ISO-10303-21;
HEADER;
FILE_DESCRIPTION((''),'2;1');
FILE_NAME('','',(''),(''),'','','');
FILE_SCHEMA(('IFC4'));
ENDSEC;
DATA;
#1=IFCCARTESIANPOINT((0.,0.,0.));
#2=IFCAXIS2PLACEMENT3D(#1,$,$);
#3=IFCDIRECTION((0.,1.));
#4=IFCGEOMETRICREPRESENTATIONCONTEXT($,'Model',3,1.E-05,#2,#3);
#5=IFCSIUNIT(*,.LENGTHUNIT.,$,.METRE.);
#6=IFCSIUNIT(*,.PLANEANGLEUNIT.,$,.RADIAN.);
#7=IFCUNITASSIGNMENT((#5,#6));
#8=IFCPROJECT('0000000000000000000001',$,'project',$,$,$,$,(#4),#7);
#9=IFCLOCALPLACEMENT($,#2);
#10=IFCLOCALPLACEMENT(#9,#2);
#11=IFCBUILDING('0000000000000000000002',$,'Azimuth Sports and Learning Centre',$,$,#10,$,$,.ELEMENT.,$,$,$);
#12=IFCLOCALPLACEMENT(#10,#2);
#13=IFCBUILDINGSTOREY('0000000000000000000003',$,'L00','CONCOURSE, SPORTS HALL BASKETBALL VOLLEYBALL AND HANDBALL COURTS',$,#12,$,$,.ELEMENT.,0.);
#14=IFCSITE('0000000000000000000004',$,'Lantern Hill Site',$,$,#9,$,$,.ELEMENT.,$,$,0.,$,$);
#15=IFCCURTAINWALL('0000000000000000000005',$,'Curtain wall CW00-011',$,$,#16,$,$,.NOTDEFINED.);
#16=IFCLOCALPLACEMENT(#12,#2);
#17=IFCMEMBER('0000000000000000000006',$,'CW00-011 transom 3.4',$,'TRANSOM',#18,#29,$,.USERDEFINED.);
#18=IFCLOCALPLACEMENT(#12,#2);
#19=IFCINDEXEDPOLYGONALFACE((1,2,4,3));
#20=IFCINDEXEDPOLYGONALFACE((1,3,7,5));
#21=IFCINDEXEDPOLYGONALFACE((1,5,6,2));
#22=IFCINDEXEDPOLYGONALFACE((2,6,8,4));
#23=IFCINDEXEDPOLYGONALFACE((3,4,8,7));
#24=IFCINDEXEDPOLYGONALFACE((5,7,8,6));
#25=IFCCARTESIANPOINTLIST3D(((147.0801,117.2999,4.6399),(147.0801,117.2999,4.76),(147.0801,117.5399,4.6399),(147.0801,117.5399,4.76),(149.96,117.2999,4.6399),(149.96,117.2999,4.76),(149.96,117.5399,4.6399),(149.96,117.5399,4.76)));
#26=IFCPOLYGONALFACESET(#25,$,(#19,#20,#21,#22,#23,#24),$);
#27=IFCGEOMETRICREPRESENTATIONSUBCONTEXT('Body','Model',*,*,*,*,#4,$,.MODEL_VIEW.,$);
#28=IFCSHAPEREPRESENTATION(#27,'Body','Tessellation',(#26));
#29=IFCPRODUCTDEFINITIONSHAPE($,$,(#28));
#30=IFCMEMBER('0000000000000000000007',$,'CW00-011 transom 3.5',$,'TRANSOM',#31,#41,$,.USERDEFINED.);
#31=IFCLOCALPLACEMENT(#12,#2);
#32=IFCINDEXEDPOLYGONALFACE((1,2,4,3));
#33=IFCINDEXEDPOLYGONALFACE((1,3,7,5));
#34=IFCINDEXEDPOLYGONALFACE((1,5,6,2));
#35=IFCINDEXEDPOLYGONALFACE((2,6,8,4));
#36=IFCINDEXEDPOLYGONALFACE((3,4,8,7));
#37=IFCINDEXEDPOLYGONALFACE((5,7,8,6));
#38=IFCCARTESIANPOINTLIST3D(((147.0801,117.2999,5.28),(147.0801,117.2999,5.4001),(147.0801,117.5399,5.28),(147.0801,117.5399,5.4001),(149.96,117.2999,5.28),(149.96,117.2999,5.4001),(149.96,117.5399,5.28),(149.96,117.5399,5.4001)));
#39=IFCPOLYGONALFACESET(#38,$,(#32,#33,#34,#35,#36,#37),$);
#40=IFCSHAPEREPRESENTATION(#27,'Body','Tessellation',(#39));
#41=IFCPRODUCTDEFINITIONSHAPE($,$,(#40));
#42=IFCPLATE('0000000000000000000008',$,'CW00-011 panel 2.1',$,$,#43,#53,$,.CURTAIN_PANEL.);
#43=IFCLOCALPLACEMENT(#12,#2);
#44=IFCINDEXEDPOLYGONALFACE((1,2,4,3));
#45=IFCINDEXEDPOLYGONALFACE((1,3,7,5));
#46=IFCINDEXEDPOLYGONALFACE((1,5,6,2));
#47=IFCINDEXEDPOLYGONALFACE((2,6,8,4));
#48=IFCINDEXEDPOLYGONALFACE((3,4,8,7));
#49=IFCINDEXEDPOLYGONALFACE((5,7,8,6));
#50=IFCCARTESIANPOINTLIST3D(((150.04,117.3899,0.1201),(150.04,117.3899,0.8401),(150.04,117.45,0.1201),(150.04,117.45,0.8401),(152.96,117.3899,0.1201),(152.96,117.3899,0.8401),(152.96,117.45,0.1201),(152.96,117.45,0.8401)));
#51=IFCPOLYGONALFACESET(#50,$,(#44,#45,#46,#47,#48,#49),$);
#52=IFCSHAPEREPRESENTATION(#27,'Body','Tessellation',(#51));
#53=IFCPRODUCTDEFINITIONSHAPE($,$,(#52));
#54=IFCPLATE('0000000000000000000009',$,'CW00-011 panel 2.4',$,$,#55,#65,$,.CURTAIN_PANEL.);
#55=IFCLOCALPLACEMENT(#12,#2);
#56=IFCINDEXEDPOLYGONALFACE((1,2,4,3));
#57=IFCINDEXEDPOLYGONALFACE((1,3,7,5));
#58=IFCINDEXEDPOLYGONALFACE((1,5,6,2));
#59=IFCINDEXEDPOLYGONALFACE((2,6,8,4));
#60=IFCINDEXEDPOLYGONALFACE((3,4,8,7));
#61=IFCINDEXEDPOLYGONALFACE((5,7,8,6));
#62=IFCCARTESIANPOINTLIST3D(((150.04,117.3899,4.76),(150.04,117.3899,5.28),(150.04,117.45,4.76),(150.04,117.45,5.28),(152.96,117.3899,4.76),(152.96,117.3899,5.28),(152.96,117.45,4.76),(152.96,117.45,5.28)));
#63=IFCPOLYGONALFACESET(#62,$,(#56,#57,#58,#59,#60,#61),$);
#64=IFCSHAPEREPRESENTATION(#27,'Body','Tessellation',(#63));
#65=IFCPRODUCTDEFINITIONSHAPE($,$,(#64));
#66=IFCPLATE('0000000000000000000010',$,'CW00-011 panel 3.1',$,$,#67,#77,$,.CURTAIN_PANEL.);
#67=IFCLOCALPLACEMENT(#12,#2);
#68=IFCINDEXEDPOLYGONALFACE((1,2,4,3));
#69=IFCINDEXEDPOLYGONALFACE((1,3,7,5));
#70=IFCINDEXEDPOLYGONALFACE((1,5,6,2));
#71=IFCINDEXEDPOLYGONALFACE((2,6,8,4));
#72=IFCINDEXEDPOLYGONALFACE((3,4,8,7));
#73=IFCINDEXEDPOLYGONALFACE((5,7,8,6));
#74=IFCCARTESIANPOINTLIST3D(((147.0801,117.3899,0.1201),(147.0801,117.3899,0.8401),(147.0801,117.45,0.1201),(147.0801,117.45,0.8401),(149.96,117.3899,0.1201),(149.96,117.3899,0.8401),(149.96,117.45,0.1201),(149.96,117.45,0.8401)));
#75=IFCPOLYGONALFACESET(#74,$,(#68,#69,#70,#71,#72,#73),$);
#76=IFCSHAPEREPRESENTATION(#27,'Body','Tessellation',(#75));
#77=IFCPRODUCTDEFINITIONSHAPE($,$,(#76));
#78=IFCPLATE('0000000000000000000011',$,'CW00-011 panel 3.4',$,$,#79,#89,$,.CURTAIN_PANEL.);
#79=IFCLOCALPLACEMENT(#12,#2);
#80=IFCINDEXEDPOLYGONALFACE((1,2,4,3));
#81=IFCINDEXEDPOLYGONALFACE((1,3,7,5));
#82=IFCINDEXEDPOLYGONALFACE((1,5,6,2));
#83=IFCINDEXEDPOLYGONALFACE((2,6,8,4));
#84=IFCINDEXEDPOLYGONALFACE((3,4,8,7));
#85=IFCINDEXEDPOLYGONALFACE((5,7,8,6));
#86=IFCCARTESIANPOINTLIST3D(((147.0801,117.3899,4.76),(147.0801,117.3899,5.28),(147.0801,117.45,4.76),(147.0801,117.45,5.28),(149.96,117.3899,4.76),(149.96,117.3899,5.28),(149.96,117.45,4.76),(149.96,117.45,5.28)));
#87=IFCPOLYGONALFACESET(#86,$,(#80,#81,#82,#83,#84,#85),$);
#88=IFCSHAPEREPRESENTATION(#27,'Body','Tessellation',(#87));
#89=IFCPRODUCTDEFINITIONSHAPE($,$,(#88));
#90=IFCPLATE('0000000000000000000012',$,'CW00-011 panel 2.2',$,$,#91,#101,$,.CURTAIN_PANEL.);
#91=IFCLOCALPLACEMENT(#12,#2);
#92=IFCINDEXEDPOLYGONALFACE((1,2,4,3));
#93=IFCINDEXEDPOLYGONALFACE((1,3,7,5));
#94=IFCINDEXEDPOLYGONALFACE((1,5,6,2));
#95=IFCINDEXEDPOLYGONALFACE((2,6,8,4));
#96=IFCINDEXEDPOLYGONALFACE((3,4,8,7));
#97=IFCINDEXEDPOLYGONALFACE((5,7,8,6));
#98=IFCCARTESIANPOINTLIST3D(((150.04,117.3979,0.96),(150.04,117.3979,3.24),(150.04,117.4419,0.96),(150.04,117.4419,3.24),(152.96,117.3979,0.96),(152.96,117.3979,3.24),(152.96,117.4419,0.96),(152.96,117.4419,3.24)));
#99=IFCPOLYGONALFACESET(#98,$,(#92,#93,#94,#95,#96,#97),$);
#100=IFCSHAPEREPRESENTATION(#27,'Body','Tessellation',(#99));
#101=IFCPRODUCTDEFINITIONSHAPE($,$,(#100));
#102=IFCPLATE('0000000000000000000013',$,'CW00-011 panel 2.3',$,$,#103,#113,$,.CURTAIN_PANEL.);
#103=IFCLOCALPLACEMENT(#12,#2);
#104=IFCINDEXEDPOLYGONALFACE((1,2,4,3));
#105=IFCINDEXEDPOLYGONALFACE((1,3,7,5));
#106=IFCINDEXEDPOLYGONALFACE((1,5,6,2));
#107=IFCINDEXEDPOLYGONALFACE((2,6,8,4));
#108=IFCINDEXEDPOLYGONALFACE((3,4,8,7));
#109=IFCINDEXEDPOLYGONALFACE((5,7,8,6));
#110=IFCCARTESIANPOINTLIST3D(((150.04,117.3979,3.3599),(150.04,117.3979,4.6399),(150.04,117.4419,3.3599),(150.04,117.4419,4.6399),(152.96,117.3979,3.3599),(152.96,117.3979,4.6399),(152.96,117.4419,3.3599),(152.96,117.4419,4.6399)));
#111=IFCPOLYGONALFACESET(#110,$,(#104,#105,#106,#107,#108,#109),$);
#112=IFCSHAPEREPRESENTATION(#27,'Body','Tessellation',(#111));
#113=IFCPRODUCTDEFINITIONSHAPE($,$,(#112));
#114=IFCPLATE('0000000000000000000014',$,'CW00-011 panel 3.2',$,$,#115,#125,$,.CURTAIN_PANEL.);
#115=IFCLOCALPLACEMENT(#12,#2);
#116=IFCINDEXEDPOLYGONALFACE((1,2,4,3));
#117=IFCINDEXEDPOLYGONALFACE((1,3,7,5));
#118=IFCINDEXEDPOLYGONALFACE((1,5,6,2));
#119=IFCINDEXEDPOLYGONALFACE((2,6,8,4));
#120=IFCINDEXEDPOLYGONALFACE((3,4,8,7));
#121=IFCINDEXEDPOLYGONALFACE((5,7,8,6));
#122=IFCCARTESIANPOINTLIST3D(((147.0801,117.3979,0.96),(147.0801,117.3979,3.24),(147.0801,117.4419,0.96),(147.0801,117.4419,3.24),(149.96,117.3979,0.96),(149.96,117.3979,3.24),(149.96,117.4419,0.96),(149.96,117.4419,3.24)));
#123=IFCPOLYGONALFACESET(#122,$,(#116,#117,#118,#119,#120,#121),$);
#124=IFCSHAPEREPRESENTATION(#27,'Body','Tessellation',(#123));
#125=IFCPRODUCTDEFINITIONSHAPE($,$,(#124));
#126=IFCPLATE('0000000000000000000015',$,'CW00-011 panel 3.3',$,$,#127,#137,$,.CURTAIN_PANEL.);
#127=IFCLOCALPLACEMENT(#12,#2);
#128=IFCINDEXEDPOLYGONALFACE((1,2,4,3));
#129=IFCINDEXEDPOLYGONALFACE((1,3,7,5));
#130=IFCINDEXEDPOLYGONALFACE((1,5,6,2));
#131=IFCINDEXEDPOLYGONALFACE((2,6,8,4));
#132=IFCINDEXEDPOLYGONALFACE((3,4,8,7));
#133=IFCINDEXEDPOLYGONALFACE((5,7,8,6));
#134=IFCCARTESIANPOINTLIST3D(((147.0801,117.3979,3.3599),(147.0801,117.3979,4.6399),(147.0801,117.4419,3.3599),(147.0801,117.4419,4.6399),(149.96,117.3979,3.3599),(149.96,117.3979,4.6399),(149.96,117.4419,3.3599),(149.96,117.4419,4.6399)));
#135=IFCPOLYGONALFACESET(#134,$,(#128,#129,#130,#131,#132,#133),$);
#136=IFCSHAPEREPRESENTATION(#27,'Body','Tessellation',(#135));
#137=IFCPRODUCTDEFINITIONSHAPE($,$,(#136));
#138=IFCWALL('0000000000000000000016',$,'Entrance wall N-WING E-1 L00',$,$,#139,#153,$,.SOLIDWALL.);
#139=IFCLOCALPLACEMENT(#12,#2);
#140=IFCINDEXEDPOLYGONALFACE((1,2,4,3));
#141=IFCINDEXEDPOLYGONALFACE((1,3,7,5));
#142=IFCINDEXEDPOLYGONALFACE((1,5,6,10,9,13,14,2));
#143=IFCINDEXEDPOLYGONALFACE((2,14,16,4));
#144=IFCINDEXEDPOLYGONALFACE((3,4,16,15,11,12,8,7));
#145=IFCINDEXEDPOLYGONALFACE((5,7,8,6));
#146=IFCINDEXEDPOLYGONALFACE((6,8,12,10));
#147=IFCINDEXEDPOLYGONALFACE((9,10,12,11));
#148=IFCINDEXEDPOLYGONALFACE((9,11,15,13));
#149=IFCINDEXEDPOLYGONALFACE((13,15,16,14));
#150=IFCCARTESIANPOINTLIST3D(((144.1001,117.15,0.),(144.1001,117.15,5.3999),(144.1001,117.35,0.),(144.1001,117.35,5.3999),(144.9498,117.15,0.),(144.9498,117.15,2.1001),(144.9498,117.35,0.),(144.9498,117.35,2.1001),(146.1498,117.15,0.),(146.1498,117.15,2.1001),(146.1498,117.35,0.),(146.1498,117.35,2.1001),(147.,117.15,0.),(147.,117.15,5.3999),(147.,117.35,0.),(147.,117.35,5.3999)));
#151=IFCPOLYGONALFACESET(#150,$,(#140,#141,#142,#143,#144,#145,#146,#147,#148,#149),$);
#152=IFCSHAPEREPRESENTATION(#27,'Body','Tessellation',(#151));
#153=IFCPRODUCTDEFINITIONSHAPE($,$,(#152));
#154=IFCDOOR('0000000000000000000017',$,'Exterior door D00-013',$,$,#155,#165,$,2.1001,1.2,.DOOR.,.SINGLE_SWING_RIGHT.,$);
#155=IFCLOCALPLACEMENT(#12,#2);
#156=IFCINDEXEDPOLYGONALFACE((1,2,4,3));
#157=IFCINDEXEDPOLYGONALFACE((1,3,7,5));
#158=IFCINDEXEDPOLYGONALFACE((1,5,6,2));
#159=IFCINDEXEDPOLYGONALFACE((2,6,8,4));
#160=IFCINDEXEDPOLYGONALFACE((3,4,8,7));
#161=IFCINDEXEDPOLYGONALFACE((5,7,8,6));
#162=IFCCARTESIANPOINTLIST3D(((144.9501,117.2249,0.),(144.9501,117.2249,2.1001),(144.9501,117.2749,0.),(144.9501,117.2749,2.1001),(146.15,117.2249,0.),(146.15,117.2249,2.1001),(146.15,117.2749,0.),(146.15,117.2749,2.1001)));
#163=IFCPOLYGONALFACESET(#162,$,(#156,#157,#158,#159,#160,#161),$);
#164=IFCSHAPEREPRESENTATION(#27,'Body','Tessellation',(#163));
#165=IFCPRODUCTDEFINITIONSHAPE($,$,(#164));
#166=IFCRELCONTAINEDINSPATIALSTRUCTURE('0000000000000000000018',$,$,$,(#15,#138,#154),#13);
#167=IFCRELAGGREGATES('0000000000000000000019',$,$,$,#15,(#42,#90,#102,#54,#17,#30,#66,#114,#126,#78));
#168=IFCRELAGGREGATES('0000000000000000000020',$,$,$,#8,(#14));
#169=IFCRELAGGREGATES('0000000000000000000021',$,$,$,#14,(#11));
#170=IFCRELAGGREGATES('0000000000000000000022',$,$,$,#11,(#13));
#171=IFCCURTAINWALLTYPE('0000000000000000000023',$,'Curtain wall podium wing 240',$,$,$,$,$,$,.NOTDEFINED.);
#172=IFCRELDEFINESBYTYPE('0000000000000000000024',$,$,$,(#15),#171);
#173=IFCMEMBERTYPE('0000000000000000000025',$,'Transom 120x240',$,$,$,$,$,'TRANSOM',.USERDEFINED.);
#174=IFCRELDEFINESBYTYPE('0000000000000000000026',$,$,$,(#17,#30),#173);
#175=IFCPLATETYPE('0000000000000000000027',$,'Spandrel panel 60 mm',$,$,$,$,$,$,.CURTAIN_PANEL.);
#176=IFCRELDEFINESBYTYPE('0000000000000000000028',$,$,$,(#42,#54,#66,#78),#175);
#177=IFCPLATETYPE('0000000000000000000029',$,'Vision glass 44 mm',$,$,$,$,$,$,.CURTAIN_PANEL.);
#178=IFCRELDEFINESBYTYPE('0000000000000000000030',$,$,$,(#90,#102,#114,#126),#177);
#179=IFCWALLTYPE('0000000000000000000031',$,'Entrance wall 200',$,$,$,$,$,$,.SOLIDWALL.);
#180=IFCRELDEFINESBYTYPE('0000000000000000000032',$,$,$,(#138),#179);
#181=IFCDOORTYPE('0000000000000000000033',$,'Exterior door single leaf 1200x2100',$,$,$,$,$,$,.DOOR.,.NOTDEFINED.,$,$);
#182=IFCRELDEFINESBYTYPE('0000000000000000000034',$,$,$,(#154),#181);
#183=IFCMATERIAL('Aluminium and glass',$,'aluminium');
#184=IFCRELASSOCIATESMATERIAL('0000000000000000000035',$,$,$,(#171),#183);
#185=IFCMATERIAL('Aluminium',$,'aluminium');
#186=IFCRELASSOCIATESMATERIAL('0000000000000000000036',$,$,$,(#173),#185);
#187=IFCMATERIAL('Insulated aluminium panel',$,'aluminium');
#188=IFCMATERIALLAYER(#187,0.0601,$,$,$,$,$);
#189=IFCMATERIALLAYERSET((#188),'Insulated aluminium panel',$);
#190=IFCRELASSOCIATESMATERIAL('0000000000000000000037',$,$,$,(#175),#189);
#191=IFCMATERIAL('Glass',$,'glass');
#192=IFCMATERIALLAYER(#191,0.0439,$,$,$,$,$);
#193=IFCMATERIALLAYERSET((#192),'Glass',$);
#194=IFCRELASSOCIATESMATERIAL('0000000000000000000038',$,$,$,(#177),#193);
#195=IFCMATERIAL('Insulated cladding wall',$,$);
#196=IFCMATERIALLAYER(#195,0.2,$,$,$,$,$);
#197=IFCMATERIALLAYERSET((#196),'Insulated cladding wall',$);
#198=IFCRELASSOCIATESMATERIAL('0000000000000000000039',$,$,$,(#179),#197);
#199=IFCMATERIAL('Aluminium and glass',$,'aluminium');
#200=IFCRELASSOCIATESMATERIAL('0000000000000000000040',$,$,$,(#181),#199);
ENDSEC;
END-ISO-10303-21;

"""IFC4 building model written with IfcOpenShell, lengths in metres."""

from ifc_helpers import new_model, si_unit, direction, frame, frame_2d, origin, origin_2d, place, context, subcontext, project, spatial, rectangle, extrude, material, layer, layer_set, material_profile, profile_set, type_object, element, fill, aggregate, save


model = new_model("IFC4")

# Units and contexts
model_context = context("Model", 3, precision=1e-05, world=origin(), true_north=direction((0.0, 1.0)))
body_context = subcontext(model_context, "Body", "Model", "MODEL_VIEW")
ifc_project = project(units=[si_unit("LENGTHUNIT", "METRE"), si_unit("PLANEANGLEUNIT", "RADIAN")], contexts=[model_context])

# Site, building, storey
site_placement = place(None, origin())
site = spatial("IfcSite", under=ifc_project, at=site_placement, Name="Lantern Hill Site", CompositionType="ELEMENT", RefElevation=0.0)
building_placement = place(site_placement, origin())
building = spatial("IfcBuilding", under=site, at=building_placement, Name="Azimuth Sports and Learning Centre", CompositionType="ELEMENT")
storey_placement = place(building_placement, origin())
storey = spatial("IfcBuildingStorey", under=building, at=storey_placement, Name="L00", Description="CONCOURSE, SPORTS HALL BASKETBALL VOLLEYBALL AND HANDBALL COURTS", CompositionType="ELEMENT", Elevation=0.0)

# Curtain wall, members, plates
ifc_material_1 = material(Name="Aluminium and glass", Category="aluminium")
curtain_wall_type = type_object("IfcCurtainWallType", Name="Curtain wall podium wing 240", PredefinedType="NOTDEFINED", material=ifc_material_1)
curtain_wall_placement = place(storey_placement, origin())
curtain_wall = element("IfcCurtainWall", 1, at=curtain_wall_placement, inside=storey, type_object=curtain_wall_type, Name="Curtain wall CW00-011", PredefinedType="NOTDEFINED")
ifc_material_2 = material(Name="Aluminium", Category="aluminium")
ifc_material_profile_1 = material_profile(ifc_material_2, rectangle(XDim=0.24, YDim=0.1201, at=origin_2d()), Name="Transom 120x240")
ifc_profile_set_1 = profile_set([ifc_material_profile_1], Name="Aluminium")
member_type_1 = type_object("IfcMemberType", Name="Transom 120x240", ElementType="TRANSOM", PredefinedType="USERDEFINED", material=ifc_profile_set_1)
member_1_placement = place(storey_placement, frame((149.96, 117.4199, 4.7), z_axis=(-1.0, 0.0, 0.0), x_axis=(0.0, -1.0, 0.0)))
member_1 = element("IfcMember", 2, at=member_1_placement, type_object=member_type_1, Name="CW00-011 transom 3.4", ObjectType="TRANSOM", PredefinedType="USERDEFINED", context=body_context, shape_type="SweptSolid", body=[
    extrude(rectangle(XDim=0.24, YDim=0.1201, at=origin_2d()), origin(), (0.0, 0.0, 1.0), 2.8799),
])
member_2_placement = place(storey_placement, frame((149.96, 117.4199, 5.3401), z_axis=(-1.0, 0.0, 0.0), x_axis=(0.0, -1.0, 0.0)))
member_2 = element("IfcMember", 3, at=member_2_placement, type_object=member_type_1, Name="CW00-011 transom 3.5", ObjectType="TRANSOM", PredefinedType="USERDEFINED", context=body_context, shape_type="SweptSolid", body=[
    extrude(rectangle(XDim=0.24, YDim=0.1201, at=origin_2d()), origin(), (0.0, 0.0, 1.0), 2.8799),
])
ifc_material_3 = material(Name="Insulated aluminium panel", Category="aluminium")
ifc_layer_1 = layer(ifc_material_3, 0.0601)
ifc_layer_set_1 = layer_set([ifc_layer_1], Name="Insulated aluminium panel")
plate_type_1 = type_object("IfcPlateType", Name="Spandrel panel 60 mm", PredefinedType="CURTAIN_PANEL", material=ifc_layer_set_1)
plate_1_placement = place(storey_placement, frame((151.5, 117.4199, 0.1201), z_axis=(0.0, 0.0, 1.0), x_axis=(-1.0, 0.0, 0.0)))
plate_1 = element("IfcPlate", 4, at=plate_1_placement, type_object=plate_type_1, Name="CW00-011 panel 2.1", PredefinedType="CURTAIN_PANEL", context=body_context, shape_type="SweptSolid", body=[
    extrude(rectangle(XDim=2.9199, YDim=0.0601, at=origin_2d()), origin(), (0.0, 0.0, 1.0), 0.72),
])
plate_2_placement = place(storey_placement, frame((151.5, 117.4199, 4.76), z_axis=(0.0, 0.0, 1.0), x_axis=(-1.0, 0.0, 0.0)))
plate_2 = element("IfcPlate", 5, at=plate_2_placement, type_object=plate_type_1, Name="CW00-011 panel 2.4", PredefinedType="CURTAIN_PANEL", context=body_context, shape_type="SweptSolid", body=[
    extrude(rectangle(XDim=2.9199, YDim=0.0601, at=origin_2d()), origin(), (0.0, 0.0, 1.0), 0.52),
])
plate_3_placement = place(storey_placement, frame((148.52, 117.4199, 0.1201), z_axis=(0.0, 0.0, 1.0), x_axis=(-1.0, 0.0, 0.0)))
plate_3 = element("IfcPlate", 6, at=plate_3_placement, type_object=plate_type_1, Name="CW00-011 panel 3.1", PredefinedType="CURTAIN_PANEL", context=body_context, shape_type="SweptSolid", body=[
    extrude(rectangle(XDim=2.8799, YDim=0.0601, at=origin_2d()), origin(), (0.0, 0.0, 1.0), 0.72),
])
plate_4_placement = place(storey_placement, frame((148.52, 117.4199, 4.76), z_axis=(0.0, 0.0, 1.0), x_axis=(-1.0, 0.0, 0.0)))
plate_4 = element("IfcPlate", 7, at=plate_4_placement, type_object=plate_type_1, Name="CW00-011 panel 3.4", PredefinedType="CURTAIN_PANEL", context=body_context, shape_type="SweptSolid", body=[
    extrude(rectangle(XDim=2.8799, YDim=0.0601, at=origin_2d()), origin(), (0.0, 0.0, 1.0), 0.52),
])
ifc_material_4 = material(Name="Glass", Category="glass")
ifc_layer_2 = layer(ifc_material_4, 0.0439)
ifc_layer_set_2 = layer_set([ifc_layer_2], Name="Glass")
plate_type_2 = type_object("IfcPlateType", Name="Vision glass 44 mm", PredefinedType="CURTAIN_PANEL", material=ifc_layer_set_2)
plate_5_placement = place(storey_placement, frame((151.5, 117.4199, 0.96), z_axis=(0.0, 0.0, 1.0), x_axis=(-1.0, 0.0, 0.0)))
plate_5 = element("IfcPlate", 8, at=plate_5_placement, type_object=plate_type_2, Name="CW00-011 panel 2.2", PredefinedType="CURTAIN_PANEL", context=body_context, shape_type="SweptSolid", body=[
    extrude(rectangle(XDim=2.9199, YDim=0.0439, at=origin_2d()), origin(), (0.0, 0.0, 1.0), 2.28),
])
plate_6_placement = place(storey_placement, frame((151.5, 117.4199, 3.3599), z_axis=(0.0, 0.0, 1.0), x_axis=(-1.0, 0.0, 0.0)))
plate_6 = element("IfcPlate", 9, at=plate_6_placement, type_object=plate_type_2, Name="CW00-011 panel 2.3", PredefinedType="CURTAIN_PANEL", context=body_context, shape_type="SweptSolid", body=[
    extrude(rectangle(XDim=2.9199, YDim=0.0439, at=origin_2d()), origin(), (0.0, 0.0, 1.0), 1.28),
])
plate_7_placement = place(storey_placement, frame((148.52, 117.4199, 0.96), z_axis=(0.0, 0.0, 1.0), x_axis=(-1.0, 0.0, 0.0)))
plate_7 = element("IfcPlate", 10, at=plate_7_placement, type_object=plate_type_2, Name="CW00-011 panel 3.2", PredefinedType="CURTAIN_PANEL", context=body_context, shape_type="SweptSolid", body=[
    extrude(rectangle(XDim=2.8799, YDim=0.0439, at=origin_2d()), origin(), (0.0, 0.0, 1.0), 2.28),
])
plate_8_placement = place(storey_placement, frame((148.52, 117.4199, 3.3599), z_axis=(0.0, 0.0, 1.0), x_axis=(-1.0, 0.0, 0.0)))
plate_8 = element("IfcPlate", 11, at=plate_8_placement, type_object=plate_type_2, Name="CW00-011 panel 3.3", PredefinedType="CURTAIN_PANEL", context=body_context, shape_type="SweptSolid", body=[
    extrude(rectangle(XDim=2.8799, YDim=0.0439, at=origin_2d()), origin(), (0.0, 0.0, 1.0), 1.28),
])
aggregate(curtain_wall, [plate_1, plate_5, plate_6, plate_2, member_1, member_2, plate_3, plate_7, plate_8, plate_4])

# Wall, opening, door
ifc_material_5 = material(Name="Insulated cladding wall")
ifc_layer_3 = layer(ifc_material_5, 0.2)
ifc_layer_set_3 = layer_set([ifc_layer_3], Name="Insulated cladding wall")
wall_type = type_object("IfcWallType", Name="Entrance wall 200", PredefinedType="SOLIDWALL", material=ifc_layer_set_3)
wall_placement = place(storey_placement, frame((147.0, 117.25, 0.0), z_axis=(0.0, 0.0, 1.0), x_axis=(-1.0, 0.0, 0.0)))
wall = element("IfcWall", 12, at=wall_placement, inside=storey, type_object=wall_type, Name="Entrance wall N-WING E-1 L00", PredefinedType="SOLIDWALL", context=body_context, shape_type="SweptSolid", body=[
    extrude(rectangle(XDim=2.8999, YDim=0.2, at=frame_2d((1.45, 0.0))), origin(), (0.0, 0.0, 1.0), 5.3999),
])
opening_placement = place(wall_placement, frame((0.8501, 0.0, 0.0)))
opening = element("IfcOpeningElement", 13, at=opening_placement, cuts=wall, PredefinedType="OPENING", context=body_context, shape_type="SweptSolid", body=[
    extrude(rectangle(XDim=1.2, YDim=2.1001, at=frame_2d((0.6001, 1.05))), frame((0.0, 0.1108, 0.0), z_axis=(0.0, -1.0, 0.0), x_axis=(1.0, 0.0, 0.0)), (0.0, 0.0, 1.0), 0.2219),
])
ifc_material_6 = material(Name="Aluminium and glass", Category="aluminium")
door_type = type_object("IfcDoorType", Name="Exterior door single leaf 1200x2100", OperationType="NOTDEFINED", PredefinedType="DOOR", material=ifc_material_6)
door_placement = place(opening_placement, frame((1.2, 0.0, 0.0), z_axis=(0.0, 0.0, 1.0), x_axis=(-1.0, 0.0, 0.0)))
door = element("IfcDoor", 14, at=door_placement, inside=storey, type_object=door_type, Name="Exterior door D00-013", OperationType="SINGLE_SWING_RIGHT", OverallHeight=2.1001, OverallWidth=1.2, PredefinedType="DOOR", context=body_context, shape_type="SweptSolid", body=[
    extrude(rectangle(XDim=1.2, YDim=2.1001, at=frame_2d((0.6001, 1.05))), frame((0.0, 0.0249, 0.0), z_axis=(0.0, -1.0, 0.0), x_axis=(1.0, 0.0, 0.0)), (0.0, 0.0, 1.0), 0.05),
])
fill(opening, door)

save(model, "model.ifc")
